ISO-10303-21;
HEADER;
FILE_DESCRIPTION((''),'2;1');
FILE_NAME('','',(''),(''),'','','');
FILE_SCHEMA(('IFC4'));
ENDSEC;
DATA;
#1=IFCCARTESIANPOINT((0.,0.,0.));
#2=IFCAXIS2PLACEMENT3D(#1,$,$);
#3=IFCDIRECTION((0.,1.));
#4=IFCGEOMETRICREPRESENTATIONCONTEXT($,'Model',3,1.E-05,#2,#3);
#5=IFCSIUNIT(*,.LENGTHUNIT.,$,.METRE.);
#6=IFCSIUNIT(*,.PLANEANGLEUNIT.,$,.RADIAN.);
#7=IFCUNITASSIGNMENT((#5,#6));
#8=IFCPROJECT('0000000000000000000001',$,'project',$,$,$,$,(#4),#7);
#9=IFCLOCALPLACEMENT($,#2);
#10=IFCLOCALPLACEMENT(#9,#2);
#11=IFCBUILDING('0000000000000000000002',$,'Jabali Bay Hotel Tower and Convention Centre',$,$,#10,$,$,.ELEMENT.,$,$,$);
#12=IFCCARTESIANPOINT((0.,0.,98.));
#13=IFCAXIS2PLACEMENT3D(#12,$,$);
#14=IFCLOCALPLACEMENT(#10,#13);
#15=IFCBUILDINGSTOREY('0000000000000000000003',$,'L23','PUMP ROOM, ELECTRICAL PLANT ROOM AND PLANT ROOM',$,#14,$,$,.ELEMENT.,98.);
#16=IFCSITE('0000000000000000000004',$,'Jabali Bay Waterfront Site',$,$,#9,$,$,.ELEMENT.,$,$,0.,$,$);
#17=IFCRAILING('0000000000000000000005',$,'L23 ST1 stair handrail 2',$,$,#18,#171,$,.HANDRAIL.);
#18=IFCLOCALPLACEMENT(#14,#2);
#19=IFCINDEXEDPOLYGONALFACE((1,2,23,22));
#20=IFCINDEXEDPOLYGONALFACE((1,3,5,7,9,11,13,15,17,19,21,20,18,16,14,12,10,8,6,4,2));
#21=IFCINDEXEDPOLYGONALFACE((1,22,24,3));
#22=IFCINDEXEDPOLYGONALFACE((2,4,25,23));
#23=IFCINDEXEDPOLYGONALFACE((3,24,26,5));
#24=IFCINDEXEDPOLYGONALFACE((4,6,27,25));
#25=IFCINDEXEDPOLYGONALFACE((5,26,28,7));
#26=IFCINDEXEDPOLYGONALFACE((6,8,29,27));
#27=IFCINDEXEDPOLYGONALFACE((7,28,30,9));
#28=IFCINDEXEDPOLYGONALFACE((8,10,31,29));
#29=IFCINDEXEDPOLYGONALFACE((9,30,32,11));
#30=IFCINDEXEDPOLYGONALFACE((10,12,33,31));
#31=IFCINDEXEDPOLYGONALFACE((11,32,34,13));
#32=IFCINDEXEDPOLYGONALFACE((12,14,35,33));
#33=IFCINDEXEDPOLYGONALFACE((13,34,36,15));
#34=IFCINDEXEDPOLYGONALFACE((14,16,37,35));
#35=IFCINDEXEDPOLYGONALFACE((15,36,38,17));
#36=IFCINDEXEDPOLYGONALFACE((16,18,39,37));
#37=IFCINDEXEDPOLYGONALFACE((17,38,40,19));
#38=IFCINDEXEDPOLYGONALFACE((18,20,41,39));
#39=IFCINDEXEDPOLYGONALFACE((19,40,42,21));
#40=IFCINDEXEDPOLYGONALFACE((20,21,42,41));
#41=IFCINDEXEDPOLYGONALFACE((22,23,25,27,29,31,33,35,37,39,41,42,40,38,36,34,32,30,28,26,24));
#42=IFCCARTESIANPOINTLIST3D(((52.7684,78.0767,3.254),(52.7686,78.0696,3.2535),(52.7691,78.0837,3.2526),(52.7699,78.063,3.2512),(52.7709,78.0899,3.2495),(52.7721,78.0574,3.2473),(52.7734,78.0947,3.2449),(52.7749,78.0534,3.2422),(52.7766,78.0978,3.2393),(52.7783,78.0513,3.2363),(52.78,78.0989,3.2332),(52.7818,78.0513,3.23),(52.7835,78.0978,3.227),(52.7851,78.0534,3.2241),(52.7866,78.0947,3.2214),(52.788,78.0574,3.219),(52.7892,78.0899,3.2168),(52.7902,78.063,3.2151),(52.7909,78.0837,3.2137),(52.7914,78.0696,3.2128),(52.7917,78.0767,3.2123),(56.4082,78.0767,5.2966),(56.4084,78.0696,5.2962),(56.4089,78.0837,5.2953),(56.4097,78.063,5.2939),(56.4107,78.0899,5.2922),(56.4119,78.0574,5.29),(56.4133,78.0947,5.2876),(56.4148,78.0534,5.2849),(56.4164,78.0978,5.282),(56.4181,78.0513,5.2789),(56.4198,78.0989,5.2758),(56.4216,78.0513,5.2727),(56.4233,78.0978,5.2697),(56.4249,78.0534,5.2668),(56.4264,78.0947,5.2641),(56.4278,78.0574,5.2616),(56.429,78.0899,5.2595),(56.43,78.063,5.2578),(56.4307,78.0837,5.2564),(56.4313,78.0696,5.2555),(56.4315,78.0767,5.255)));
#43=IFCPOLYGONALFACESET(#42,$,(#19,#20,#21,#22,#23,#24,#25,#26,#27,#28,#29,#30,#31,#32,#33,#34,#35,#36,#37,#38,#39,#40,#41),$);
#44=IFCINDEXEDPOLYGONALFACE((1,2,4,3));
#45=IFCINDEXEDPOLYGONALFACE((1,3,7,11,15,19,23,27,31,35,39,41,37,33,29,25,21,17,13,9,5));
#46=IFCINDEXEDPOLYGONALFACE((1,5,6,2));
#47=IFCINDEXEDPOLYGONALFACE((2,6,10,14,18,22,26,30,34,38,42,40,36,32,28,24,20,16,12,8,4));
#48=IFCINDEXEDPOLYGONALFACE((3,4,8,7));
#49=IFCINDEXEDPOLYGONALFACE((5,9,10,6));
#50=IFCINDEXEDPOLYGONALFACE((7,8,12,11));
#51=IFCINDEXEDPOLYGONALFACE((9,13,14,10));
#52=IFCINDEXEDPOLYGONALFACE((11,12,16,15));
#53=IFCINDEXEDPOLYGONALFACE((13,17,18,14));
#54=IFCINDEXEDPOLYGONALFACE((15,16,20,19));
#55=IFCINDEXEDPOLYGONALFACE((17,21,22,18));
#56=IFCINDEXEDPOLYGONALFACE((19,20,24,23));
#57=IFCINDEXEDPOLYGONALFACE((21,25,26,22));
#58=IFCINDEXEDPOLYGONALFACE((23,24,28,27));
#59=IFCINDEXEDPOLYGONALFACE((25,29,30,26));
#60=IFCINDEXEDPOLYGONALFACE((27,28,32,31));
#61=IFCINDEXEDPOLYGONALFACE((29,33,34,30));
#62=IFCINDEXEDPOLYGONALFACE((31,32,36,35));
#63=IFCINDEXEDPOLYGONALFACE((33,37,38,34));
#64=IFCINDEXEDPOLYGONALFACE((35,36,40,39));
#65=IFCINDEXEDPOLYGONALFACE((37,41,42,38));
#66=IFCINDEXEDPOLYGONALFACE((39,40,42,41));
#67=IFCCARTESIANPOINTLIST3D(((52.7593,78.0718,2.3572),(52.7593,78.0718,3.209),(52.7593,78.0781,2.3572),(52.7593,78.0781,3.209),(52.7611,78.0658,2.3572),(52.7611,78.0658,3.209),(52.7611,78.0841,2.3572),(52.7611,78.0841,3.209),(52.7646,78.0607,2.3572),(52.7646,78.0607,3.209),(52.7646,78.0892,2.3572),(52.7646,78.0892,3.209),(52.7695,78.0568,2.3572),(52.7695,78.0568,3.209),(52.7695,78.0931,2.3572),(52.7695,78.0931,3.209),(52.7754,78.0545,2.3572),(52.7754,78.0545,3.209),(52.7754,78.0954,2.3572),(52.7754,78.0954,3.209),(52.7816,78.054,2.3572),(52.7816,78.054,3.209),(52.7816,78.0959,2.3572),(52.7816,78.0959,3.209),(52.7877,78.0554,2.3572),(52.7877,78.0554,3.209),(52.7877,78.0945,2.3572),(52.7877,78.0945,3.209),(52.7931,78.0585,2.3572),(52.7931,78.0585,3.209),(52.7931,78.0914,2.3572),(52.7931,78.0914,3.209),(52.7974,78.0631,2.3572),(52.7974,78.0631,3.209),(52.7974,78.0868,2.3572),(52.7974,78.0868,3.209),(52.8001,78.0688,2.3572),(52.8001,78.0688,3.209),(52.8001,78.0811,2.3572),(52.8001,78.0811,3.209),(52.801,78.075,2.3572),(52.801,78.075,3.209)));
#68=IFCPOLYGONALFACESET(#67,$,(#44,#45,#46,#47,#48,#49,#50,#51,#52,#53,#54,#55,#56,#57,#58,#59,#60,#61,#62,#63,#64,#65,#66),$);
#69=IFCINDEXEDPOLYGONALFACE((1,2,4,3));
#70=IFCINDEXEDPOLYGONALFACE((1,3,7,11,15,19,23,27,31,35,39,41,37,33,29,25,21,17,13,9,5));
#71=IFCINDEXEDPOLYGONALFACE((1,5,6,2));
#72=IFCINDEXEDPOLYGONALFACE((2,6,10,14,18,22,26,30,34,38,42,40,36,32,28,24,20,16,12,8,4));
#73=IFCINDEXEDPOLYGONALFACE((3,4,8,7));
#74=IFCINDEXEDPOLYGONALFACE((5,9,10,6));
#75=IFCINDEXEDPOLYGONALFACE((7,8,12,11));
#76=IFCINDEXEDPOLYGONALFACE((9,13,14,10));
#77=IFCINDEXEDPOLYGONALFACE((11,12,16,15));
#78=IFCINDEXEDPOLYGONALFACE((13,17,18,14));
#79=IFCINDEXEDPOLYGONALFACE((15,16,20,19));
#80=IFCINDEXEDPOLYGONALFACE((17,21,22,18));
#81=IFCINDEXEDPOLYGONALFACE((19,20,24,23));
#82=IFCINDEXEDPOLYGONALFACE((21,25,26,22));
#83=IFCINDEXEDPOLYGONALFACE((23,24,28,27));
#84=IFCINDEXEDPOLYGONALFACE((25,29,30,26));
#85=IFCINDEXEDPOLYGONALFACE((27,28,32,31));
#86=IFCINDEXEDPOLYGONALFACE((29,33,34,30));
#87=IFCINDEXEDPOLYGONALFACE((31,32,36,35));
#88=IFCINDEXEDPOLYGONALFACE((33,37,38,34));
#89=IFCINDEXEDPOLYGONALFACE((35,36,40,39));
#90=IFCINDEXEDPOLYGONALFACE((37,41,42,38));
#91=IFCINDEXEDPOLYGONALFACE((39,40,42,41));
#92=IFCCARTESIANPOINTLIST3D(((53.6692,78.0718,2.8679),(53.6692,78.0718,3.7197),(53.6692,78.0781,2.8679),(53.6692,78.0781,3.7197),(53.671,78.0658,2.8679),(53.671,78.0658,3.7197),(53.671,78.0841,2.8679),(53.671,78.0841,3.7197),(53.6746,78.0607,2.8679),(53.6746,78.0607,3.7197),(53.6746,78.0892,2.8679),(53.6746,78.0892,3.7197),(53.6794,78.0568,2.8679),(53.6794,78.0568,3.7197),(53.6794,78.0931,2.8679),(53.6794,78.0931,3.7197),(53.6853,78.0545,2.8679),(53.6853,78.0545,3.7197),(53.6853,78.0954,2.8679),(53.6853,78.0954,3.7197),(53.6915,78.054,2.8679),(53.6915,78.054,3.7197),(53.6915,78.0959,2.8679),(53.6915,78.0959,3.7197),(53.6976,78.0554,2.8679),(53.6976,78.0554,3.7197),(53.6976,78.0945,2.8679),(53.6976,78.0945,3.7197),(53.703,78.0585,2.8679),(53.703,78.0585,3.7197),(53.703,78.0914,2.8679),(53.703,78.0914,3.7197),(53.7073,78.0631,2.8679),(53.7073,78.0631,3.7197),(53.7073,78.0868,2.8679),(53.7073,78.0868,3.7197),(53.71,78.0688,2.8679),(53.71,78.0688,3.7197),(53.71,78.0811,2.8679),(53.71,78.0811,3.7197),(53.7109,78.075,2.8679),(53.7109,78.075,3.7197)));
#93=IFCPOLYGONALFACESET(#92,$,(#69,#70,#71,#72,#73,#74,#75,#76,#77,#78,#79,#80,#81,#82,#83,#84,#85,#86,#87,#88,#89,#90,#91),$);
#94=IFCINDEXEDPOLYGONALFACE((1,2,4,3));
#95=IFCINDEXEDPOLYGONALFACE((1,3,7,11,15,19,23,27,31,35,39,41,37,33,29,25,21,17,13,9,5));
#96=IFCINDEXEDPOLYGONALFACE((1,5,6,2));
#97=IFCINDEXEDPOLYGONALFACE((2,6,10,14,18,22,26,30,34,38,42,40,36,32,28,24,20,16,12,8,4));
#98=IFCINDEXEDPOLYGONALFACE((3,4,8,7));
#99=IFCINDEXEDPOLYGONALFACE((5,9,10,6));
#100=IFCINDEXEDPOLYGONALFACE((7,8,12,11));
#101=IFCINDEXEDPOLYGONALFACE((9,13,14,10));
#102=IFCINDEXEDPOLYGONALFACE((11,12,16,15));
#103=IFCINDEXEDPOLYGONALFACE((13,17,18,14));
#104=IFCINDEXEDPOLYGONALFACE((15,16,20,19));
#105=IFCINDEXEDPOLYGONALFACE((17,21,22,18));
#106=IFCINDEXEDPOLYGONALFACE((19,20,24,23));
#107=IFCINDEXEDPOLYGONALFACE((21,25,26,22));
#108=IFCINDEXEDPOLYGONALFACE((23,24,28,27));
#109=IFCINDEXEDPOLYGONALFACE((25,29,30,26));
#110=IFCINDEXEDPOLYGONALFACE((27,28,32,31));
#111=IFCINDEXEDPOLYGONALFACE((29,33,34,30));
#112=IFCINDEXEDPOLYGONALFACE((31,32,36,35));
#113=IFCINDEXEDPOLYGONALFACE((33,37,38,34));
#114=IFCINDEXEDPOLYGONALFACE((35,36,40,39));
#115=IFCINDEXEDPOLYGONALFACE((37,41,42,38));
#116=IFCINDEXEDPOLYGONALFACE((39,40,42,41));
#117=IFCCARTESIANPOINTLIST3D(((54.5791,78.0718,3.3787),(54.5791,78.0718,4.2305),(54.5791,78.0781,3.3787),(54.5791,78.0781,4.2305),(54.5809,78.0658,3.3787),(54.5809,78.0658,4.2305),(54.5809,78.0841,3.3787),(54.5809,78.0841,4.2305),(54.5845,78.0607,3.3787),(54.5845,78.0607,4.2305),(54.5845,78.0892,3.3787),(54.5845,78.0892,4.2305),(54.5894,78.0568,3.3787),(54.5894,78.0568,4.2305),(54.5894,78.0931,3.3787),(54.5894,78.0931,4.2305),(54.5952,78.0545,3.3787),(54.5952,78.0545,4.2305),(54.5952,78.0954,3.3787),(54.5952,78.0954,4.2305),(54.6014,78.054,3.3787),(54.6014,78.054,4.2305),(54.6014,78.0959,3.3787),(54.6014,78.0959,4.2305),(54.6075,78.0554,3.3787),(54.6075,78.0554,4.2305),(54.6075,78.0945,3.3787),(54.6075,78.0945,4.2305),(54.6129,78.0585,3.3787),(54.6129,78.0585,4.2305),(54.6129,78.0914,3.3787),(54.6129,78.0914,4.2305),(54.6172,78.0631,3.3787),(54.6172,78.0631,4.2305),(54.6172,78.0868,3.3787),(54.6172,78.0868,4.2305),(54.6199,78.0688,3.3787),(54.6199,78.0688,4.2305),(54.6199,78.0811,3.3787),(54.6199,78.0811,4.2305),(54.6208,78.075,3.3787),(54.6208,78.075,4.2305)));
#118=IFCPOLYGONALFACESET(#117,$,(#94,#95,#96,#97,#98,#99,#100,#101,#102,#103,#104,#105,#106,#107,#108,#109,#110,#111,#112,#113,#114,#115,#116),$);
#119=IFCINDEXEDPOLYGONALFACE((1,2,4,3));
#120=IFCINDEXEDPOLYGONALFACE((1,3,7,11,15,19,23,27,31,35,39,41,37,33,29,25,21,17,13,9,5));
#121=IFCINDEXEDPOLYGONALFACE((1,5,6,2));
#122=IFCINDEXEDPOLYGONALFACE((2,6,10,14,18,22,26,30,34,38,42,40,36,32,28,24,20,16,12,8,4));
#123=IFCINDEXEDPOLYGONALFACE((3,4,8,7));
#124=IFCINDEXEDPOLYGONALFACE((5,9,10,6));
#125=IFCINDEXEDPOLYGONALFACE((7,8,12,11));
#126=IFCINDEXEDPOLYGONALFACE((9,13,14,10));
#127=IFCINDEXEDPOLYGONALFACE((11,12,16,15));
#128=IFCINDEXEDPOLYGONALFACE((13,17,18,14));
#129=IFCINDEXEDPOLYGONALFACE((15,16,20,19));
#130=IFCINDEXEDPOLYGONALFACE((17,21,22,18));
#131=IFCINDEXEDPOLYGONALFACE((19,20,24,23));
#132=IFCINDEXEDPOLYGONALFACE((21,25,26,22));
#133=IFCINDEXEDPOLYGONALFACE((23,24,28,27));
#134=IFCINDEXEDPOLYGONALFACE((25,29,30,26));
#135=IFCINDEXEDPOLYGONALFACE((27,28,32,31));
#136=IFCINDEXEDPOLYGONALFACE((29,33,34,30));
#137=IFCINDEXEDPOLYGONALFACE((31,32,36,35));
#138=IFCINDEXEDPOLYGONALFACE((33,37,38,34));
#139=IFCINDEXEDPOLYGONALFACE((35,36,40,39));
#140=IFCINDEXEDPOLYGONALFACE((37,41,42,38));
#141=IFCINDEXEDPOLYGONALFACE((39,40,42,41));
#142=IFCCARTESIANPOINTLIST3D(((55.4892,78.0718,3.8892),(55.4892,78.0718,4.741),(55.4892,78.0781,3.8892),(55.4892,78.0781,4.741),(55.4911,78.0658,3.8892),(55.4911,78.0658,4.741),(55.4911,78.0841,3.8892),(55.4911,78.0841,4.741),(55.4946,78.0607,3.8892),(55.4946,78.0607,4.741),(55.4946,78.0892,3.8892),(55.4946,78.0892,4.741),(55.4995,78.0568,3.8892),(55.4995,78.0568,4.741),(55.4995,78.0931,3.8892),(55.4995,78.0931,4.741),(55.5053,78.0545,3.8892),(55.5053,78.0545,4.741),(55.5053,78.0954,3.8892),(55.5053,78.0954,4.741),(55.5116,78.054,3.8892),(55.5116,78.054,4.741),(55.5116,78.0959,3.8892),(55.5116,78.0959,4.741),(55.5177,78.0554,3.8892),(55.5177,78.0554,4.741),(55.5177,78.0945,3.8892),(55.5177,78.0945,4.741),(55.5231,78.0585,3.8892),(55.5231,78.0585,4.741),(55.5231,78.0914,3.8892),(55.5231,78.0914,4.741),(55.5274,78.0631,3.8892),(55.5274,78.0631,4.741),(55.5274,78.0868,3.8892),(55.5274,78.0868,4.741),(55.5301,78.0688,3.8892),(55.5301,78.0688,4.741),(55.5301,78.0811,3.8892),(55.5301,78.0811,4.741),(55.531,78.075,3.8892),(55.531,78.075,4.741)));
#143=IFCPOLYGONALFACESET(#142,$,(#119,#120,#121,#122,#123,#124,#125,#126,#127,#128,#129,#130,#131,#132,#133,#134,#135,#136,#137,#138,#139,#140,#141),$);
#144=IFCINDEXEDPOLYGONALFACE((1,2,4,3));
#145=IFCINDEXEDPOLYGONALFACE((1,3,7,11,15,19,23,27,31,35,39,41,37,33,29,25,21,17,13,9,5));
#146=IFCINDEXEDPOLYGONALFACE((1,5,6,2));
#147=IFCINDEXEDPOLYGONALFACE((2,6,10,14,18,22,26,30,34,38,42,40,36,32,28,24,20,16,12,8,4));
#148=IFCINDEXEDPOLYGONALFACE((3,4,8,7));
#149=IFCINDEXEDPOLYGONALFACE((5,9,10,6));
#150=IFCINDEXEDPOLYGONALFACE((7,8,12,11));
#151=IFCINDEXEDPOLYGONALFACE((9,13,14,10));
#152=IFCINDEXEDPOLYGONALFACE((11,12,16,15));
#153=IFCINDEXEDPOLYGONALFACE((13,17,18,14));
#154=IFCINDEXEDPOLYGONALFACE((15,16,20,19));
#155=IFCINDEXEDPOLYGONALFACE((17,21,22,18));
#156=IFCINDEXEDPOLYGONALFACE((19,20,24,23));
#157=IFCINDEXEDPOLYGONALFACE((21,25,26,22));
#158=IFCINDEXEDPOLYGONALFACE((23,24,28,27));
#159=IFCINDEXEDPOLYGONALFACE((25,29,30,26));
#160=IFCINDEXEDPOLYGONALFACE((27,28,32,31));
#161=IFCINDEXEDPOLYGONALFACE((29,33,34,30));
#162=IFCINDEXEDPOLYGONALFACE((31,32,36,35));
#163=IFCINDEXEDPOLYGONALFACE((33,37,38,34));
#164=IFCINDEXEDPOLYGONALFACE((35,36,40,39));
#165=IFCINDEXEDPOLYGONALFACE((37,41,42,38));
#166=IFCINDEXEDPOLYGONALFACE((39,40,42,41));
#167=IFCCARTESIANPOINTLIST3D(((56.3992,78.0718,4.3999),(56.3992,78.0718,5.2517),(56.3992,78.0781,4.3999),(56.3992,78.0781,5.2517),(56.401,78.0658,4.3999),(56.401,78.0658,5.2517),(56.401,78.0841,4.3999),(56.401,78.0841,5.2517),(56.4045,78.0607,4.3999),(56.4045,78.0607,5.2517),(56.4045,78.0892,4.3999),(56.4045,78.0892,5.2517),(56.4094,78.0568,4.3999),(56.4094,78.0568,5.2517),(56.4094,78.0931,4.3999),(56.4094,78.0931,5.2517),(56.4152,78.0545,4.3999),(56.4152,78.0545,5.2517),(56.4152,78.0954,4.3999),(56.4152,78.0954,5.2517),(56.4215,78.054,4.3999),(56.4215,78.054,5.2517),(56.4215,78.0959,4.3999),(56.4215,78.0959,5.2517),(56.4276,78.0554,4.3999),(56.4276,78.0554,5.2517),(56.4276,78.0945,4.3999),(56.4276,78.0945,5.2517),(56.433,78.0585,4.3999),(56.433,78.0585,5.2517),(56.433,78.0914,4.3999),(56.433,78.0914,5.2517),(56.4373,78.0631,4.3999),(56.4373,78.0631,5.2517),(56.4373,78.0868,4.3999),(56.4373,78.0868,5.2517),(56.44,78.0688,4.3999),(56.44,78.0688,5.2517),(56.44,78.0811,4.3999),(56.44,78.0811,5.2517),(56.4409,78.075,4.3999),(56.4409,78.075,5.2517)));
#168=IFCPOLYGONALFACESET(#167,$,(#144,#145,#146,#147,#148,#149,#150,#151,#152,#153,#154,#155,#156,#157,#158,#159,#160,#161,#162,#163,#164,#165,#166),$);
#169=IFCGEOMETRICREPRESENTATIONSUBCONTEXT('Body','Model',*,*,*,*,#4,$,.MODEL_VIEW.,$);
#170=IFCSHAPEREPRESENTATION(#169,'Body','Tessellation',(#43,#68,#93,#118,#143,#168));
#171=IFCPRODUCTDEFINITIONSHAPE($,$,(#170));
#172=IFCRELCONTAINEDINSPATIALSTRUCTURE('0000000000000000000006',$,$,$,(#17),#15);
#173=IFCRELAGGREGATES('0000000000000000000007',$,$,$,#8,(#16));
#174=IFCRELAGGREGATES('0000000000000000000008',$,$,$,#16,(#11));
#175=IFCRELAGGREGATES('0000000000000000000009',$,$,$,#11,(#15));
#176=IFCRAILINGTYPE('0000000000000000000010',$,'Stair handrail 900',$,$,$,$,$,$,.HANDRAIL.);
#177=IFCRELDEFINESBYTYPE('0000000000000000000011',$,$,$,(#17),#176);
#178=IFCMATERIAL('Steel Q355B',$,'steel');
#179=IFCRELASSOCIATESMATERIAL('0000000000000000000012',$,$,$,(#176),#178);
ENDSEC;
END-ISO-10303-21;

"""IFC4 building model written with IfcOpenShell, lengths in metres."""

from ifc_helpers import new_model, si_unit, direction, frame, origin, origin_2d, place, context, subcontext, project, spatial, circle, extrude, material, type_object, element, save


model = new_model("IFC4")

# Units and contexts
model_context = context("Model", 3, precision=1e-05, world=origin(), true_north=direction((0.0, 1.0)))
body_context = subcontext(model_context, "Body", "Model", "MODEL_VIEW")
ifc_project = project(units=[si_unit("LENGTHUNIT", "METRE"), si_unit("PLANEANGLEUNIT", "RADIAN")], contexts=[model_context])

# Site, building, storey
site_placement = place(None, origin())
site = spatial("IfcSite", under=ifc_project, at=site_placement, Name="Jabali Bay Waterfront Site", CompositionType="ELEMENT", RefElevation=0.0)
building_placement = place(site_placement, origin())
building = spatial("IfcBuilding", under=site, at=building_placement, Name="Jabali Bay Hotel Tower and Convention Centre", CompositionType="ELEMENT")
storey_placement = place(building_placement, frame((0.0, 0.0, 98.0)))
storey = spatial("IfcBuildingStorey", under=building, at=storey_placement, Name="L23", Description="PUMP ROOM, ELECTRICAL PLANT ROOM AND PLANT ROOM", CompositionType="ELEMENT", Elevation=98.0)

# Railing
ifc_material_1 = material(Name="Steel Q355B", Category="steel")
railing_type = type_object("IfcRailingType", Name="Stair handrail 900", PredefinedType="HANDRAIL", material=ifc_material_1)
railing_placement = place(storey_placement, frame((52.78, 78.075, 2.3572)))
element("IfcRailing", 1, at=railing_placement, inside=storey, type_object=railing_type, Name="L23 ST1 stair handrail 2", PredefinedType="HANDRAIL", context=body_context, shape_type="SweptSolid", body=[
    extrude(circle(Radius=0.0239, at=origin_2d()), frame((0.0, 0.0, 0.876), z_axis=(0.872058, 0.0, 0.489403), x_axis=(0.0, 1.0, 0.0)), (0.0, 0.0, 1.0), 4.1738),
    extrude(circle(Radius=0.021, at=origin_2d()), origin(), (0.0, 0.0, 1.0), 0.8518),
    extrude(circle(Radius=0.021, at=origin_2d()), frame((0.9099, 0.0, 0.5107)), (0.0, 0.0, 1.0), 0.8518),
    extrude(circle(Radius=0.021, at=origin_2d()), frame((1.8198, 0.0, 1.0215)), (0.0, 0.0, 1.0), 0.8518),
    extrude(circle(Radius=0.021, at=origin_2d()), frame((2.73, 0.0, 1.532)), (0.0, 0.0, 1.0), 0.8518),
    extrude(circle(Radius=0.021, at=origin_2d()), frame((3.6399, 0.0, 2.0427)), (0.0, 0.0, 1.0), 0.8518),
])

save(model, "model.ifc")
